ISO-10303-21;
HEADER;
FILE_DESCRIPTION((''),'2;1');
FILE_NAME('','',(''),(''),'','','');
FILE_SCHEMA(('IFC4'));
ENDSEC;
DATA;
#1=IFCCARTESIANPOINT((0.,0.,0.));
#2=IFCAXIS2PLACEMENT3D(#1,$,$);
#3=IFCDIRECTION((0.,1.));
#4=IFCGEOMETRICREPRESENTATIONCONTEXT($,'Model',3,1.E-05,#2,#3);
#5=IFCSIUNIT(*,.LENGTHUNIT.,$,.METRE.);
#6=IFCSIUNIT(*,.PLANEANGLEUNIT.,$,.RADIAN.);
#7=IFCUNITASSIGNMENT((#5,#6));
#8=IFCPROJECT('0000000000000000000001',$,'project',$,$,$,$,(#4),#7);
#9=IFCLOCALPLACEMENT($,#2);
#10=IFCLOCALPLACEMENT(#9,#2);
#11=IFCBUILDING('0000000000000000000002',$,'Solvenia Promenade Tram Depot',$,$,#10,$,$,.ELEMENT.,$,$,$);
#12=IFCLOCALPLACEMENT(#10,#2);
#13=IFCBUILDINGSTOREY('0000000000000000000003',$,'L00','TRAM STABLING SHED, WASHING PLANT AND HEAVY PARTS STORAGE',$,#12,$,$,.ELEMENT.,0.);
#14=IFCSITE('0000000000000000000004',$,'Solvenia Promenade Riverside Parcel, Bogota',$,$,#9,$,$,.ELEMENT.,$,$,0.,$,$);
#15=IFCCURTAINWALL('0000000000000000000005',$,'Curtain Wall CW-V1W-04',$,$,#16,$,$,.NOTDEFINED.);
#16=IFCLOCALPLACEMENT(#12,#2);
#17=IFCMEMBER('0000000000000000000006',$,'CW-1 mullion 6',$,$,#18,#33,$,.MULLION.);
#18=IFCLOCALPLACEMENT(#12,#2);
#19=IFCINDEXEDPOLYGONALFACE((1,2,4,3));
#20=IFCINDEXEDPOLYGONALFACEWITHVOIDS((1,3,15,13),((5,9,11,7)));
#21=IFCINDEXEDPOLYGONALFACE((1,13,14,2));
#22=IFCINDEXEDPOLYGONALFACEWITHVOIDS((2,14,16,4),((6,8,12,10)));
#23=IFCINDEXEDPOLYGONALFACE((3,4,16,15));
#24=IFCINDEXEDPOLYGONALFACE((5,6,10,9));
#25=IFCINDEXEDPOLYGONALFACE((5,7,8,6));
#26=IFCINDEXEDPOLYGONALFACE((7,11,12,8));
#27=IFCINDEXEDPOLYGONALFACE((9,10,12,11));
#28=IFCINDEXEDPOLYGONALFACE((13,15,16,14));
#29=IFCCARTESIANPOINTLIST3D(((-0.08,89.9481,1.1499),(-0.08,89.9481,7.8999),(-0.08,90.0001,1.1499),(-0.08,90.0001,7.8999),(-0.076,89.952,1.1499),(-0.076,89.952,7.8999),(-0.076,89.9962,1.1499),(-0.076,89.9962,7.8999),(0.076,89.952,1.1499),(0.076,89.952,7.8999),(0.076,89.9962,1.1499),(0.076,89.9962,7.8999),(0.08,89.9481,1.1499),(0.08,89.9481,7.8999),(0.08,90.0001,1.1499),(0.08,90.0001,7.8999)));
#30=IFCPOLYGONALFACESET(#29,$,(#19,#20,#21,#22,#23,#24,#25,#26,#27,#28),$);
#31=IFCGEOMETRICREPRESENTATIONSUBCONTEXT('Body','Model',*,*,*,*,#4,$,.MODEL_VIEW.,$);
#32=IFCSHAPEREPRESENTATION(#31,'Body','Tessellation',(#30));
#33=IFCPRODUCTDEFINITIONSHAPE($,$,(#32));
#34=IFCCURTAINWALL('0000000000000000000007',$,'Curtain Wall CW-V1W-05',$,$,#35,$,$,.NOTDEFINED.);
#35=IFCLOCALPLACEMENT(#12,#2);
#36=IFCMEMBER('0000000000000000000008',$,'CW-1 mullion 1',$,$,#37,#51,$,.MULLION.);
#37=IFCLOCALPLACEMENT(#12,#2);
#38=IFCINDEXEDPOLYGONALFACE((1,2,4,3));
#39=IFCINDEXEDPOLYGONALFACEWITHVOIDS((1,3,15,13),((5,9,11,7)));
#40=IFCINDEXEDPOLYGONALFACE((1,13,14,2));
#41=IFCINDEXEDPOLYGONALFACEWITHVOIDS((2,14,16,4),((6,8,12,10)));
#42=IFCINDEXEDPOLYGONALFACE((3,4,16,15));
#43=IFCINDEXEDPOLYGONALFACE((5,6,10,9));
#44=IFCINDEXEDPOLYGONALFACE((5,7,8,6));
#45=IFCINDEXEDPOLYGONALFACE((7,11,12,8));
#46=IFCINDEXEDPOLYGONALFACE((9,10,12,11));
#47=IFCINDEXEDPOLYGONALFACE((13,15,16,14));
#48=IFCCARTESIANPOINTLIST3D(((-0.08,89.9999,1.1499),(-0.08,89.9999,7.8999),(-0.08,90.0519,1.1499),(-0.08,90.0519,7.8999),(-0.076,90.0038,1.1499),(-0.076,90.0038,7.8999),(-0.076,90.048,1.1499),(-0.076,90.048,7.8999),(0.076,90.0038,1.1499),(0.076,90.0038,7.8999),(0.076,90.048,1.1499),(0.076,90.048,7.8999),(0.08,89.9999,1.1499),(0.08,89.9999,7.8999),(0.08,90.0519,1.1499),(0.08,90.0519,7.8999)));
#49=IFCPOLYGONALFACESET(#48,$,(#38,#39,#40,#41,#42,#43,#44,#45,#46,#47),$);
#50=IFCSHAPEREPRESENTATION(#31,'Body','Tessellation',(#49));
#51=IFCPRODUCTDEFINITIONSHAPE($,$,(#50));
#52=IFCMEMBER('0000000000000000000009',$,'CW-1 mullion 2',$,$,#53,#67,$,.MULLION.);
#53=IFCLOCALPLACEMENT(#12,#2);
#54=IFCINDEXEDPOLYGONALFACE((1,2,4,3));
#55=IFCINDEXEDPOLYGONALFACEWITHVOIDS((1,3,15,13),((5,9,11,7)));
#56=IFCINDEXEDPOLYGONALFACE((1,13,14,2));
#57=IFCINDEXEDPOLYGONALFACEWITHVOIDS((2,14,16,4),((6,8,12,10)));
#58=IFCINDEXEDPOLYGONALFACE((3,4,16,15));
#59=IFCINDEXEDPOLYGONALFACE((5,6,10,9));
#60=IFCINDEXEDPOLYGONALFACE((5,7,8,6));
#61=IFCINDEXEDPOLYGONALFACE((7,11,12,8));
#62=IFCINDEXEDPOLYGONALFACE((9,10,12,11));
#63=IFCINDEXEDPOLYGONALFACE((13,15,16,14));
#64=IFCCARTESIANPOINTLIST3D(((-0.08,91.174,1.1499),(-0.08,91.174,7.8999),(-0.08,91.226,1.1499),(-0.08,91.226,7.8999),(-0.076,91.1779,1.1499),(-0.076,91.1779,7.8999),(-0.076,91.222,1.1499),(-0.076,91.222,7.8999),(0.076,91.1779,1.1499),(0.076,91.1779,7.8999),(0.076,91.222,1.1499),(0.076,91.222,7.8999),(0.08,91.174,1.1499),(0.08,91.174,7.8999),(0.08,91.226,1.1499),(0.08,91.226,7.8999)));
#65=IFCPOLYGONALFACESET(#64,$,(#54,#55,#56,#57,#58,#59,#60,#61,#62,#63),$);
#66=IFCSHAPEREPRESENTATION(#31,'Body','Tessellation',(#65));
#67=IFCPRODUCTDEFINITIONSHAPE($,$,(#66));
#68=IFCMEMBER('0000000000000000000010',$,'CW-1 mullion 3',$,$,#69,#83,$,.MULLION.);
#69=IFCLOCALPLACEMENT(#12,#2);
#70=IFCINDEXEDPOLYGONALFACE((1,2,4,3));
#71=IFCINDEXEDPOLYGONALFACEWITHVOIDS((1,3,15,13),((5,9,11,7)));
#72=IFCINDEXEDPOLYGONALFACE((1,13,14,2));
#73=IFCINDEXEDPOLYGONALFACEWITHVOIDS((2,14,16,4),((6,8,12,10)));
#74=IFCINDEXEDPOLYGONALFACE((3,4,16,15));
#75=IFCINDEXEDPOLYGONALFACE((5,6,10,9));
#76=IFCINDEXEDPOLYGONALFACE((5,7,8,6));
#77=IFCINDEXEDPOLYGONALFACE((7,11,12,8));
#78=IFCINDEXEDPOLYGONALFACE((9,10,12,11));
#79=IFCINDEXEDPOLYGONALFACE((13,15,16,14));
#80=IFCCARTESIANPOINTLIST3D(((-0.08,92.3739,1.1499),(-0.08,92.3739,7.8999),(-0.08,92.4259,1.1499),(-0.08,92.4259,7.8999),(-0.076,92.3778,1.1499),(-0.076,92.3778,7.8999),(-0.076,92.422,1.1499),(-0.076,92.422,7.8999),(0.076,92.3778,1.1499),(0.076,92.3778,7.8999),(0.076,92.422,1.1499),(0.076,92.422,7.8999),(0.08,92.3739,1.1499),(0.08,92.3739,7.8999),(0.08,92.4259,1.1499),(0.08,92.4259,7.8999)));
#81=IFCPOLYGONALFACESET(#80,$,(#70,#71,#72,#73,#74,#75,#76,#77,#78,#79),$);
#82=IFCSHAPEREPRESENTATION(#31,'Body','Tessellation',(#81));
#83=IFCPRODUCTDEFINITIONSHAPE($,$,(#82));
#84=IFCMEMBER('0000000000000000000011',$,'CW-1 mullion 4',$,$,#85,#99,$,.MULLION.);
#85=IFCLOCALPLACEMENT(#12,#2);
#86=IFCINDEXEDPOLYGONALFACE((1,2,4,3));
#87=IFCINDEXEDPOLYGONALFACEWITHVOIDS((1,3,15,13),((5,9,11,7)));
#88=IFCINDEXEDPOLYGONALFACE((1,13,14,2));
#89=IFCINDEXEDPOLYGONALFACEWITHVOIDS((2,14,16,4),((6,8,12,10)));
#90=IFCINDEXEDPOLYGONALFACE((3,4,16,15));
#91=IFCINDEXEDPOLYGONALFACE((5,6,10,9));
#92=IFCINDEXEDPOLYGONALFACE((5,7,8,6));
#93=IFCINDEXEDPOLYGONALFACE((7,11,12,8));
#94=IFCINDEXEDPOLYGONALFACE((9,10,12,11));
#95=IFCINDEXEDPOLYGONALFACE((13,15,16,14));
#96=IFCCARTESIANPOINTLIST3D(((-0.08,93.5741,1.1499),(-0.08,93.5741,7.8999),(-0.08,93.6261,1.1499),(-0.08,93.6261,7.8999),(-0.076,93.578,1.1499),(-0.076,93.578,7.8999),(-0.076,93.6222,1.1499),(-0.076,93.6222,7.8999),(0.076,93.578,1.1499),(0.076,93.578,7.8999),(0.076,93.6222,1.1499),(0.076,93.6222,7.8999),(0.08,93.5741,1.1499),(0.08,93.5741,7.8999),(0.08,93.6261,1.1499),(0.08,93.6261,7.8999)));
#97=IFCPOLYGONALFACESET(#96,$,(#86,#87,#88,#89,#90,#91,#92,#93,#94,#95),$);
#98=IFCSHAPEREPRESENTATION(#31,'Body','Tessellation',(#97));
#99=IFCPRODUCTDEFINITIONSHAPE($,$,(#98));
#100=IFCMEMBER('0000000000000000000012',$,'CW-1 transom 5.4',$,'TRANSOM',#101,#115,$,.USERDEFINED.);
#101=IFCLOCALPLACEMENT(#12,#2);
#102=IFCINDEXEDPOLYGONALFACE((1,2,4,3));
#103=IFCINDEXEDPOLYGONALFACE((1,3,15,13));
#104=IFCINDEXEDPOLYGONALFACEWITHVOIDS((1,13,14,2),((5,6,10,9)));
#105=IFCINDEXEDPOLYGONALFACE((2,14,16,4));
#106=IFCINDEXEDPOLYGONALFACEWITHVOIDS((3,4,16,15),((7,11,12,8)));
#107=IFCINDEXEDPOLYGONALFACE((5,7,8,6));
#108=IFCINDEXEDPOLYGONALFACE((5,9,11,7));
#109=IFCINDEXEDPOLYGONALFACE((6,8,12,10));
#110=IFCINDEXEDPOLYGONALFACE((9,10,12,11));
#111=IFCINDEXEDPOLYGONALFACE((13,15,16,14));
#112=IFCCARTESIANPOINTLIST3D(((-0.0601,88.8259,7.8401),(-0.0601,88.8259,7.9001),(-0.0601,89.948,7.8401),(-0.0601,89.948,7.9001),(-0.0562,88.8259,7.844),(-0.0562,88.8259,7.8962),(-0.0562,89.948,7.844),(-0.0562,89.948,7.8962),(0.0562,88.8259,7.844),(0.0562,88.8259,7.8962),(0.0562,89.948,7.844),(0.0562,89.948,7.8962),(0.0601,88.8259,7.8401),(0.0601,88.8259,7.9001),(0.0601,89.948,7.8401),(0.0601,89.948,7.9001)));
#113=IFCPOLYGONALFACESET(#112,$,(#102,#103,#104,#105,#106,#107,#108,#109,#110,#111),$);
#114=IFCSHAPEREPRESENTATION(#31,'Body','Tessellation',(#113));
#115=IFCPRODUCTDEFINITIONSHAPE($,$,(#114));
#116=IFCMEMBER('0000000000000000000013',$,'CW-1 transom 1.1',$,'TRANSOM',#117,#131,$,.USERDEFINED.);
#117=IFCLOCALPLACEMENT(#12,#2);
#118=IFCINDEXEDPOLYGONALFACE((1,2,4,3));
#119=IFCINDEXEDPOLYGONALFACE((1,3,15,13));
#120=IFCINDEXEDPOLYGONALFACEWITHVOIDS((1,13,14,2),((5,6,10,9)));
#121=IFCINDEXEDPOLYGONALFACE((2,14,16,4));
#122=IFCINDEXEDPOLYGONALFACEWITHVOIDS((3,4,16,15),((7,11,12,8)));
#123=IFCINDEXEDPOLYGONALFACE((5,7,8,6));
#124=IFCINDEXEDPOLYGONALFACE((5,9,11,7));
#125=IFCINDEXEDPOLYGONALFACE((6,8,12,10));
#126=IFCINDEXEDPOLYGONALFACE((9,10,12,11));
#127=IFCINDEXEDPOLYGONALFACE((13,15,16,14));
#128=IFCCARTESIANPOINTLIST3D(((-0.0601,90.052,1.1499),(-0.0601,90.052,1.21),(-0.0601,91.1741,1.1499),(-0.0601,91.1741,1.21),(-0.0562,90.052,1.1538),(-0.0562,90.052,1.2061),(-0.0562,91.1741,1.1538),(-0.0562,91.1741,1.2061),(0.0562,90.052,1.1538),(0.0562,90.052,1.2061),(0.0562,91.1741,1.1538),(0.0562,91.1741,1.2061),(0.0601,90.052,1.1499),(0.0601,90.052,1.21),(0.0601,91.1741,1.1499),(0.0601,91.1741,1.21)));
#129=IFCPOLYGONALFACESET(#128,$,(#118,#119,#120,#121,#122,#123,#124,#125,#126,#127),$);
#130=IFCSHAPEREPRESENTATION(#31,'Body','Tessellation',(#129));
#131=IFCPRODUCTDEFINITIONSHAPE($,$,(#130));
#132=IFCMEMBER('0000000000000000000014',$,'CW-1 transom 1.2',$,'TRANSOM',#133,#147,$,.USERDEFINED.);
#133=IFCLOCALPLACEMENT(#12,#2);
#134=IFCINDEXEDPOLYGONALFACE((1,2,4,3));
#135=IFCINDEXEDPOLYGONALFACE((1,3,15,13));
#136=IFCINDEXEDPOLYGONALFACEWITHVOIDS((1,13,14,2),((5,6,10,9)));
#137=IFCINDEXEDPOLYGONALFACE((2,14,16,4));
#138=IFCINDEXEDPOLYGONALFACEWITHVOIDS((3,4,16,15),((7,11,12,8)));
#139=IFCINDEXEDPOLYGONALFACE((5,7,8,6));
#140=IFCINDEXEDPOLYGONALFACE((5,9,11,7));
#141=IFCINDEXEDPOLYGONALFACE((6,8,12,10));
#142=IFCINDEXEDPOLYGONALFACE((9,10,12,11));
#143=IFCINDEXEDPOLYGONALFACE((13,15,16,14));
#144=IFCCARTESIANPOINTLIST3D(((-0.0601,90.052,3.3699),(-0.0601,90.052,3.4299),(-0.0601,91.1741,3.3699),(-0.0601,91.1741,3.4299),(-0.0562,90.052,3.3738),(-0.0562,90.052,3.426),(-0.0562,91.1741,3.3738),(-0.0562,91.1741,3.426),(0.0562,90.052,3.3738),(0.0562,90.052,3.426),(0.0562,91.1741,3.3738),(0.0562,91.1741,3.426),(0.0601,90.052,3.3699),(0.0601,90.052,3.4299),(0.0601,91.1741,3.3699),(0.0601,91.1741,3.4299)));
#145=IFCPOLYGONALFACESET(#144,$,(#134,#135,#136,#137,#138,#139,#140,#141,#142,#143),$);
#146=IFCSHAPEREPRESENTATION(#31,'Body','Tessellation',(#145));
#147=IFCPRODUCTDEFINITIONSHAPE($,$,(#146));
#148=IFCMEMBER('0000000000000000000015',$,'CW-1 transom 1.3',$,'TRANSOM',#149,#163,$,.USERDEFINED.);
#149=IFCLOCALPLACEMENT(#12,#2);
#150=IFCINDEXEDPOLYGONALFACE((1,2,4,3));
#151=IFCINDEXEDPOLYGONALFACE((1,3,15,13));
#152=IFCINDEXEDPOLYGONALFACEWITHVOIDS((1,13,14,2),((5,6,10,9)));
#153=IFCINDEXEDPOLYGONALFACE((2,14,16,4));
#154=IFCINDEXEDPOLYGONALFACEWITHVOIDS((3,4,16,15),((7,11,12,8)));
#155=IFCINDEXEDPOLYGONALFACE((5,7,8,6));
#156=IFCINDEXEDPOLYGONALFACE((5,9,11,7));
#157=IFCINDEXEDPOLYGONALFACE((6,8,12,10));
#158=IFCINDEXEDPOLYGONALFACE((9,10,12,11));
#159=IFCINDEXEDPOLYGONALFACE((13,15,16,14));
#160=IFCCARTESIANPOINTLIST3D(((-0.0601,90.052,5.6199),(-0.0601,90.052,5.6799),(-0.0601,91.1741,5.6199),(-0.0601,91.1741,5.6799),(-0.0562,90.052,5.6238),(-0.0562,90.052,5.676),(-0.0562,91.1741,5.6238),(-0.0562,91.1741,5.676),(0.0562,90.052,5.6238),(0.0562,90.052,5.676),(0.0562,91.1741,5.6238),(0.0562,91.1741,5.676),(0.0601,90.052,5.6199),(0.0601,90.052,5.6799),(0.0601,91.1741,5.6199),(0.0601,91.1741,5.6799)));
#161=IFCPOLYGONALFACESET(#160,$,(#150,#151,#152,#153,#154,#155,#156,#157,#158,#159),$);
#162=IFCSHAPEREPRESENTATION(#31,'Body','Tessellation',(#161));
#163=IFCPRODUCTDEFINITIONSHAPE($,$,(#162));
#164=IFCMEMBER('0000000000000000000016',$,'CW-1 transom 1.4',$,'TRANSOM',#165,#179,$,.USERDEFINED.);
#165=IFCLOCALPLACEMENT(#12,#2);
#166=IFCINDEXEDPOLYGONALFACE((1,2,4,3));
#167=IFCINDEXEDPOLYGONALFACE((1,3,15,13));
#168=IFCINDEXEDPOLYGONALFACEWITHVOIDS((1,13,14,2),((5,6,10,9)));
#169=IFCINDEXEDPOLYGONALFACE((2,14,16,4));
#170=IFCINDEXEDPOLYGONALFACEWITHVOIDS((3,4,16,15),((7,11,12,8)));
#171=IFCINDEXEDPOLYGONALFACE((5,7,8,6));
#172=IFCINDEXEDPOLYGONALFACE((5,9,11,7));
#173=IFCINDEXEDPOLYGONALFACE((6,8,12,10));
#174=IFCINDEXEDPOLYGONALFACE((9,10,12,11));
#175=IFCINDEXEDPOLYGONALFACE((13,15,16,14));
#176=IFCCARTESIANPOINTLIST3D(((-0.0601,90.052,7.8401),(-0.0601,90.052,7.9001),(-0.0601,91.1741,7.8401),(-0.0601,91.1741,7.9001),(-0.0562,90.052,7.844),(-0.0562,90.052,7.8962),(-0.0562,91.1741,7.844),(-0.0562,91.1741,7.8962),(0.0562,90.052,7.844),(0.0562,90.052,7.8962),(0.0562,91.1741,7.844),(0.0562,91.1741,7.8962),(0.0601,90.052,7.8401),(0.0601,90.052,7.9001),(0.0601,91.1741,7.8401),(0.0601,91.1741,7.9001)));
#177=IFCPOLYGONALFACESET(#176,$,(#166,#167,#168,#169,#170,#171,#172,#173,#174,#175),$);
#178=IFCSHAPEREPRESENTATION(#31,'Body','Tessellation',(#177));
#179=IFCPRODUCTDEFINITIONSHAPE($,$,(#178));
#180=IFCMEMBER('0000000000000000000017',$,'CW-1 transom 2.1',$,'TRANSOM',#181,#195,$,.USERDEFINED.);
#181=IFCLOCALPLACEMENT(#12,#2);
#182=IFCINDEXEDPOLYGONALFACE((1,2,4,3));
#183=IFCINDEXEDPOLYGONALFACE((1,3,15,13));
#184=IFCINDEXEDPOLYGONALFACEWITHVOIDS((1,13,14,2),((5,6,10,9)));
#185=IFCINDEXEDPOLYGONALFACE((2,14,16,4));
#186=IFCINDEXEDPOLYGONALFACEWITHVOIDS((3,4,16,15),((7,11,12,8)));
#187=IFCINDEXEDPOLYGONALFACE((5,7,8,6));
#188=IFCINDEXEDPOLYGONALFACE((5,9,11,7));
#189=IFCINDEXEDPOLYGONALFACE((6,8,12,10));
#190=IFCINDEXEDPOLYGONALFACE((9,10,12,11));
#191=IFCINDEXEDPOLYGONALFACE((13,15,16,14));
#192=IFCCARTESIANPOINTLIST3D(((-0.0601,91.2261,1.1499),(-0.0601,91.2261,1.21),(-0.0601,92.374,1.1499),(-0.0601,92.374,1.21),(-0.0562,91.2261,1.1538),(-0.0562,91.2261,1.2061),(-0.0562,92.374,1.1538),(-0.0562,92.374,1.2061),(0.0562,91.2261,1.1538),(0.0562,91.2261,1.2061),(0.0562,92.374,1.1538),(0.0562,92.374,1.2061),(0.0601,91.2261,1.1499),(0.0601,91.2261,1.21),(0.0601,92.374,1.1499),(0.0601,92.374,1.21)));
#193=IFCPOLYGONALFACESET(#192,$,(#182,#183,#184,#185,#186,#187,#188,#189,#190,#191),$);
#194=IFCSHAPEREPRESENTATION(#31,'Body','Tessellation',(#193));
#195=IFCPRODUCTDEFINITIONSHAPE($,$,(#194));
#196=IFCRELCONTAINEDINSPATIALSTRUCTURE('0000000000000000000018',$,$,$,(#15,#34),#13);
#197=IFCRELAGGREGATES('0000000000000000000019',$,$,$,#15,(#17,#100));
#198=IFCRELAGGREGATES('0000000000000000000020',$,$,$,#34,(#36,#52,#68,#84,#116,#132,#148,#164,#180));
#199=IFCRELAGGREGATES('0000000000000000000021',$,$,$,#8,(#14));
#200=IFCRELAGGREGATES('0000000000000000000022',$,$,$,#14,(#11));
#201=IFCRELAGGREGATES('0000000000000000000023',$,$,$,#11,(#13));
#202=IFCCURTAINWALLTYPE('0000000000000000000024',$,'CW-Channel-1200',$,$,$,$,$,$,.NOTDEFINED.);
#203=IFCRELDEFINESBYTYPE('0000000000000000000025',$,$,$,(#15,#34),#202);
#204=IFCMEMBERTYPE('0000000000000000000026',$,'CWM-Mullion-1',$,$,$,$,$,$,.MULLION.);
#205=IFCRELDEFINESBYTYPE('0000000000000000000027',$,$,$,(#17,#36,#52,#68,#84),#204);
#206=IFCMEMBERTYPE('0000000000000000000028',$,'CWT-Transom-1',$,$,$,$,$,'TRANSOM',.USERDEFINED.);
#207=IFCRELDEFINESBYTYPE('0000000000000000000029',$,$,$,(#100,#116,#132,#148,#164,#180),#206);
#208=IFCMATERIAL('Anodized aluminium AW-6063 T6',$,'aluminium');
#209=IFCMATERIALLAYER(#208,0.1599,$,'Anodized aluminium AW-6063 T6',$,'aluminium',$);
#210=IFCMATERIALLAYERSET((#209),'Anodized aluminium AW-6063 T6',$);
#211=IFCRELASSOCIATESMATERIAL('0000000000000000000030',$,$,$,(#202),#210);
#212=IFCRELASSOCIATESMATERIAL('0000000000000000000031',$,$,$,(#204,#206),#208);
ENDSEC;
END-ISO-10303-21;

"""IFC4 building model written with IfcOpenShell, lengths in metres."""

from ifc_helpers import new_model, si_unit, direction, frame, origin, origin_2d, place, context, subcontext, project, spatial, hollow_rectangle, extrude, material, layer, layer_set, material_profile, profile_set, type_object, element, aggregate, save


model = new_model("IFC4")

# Units and contexts
model_context = context("Model", 3, precision=1e-05, world=origin(), true_north=direction((0.0, 1.0)))
body_context = subcontext(model_context, "Body", "Model", "MODEL_VIEW")
ifc_project = project(units=[si_unit("LENGTHUNIT", "METRE"), si_unit("PLANEANGLEUNIT", "RADIAN")], contexts=[model_context])

# Site, building, storey
site_placement = place(None, origin())
site = spatial("IfcSite", under=ifc_project, at=site_placement, Name="Solvenia Promenade Riverside Parcel, Bogota", CompositionType="ELEMENT", RefElevation=0.0)
building_placement = place(site_placement, origin())
building = spatial("IfcBuilding", under=site, at=building_placement, Name="Solvenia Promenade Tram Depot", CompositionType="ELEMENT")
storey_placement = place(building_placement, origin())
storey = spatial("IfcBuildingStorey", under=building, at=storey_placement, Name="L00", Description="TRAM STABLING SHED, WASHING PLANT AND HEAVY PARTS STORAGE", CompositionType="ELEMENT", Elevation=0.0)

# Curtain wall, member
ifc_material_1 = material(Name="Anodized aluminium AW-6063 T6", Category="aluminium")
ifc_layer_1 = layer(ifc_material_1, 0.1599, Name="Anodized aluminium AW-6063 T6", Category="aluminium")
ifc_layer_set_1 = layer_set([ifc_layer_1], Name="Anodized aluminium AW-6063 T6")
curtain_wall_type = type_object("IfcCurtainWallType", Name="CW-Channel-1200", PredefinedType="NOTDEFINED", material=ifc_layer_set_1)
curtain_wall_1_placement = place(storey_placement, origin())
curtain_wall_1 = element("IfcCurtainWall", 1, at=curtain_wall_1_placement, inside=storey, type_object=curtain_wall_type, Name="Curtain Wall CW-V1W-04", PredefinedType="NOTDEFINED")
ifc_material_profile_1 = material_profile(ifc_material_1, hollow_rectangle(XDim=0.1599, YDim=0.052, WallThickness=0.0039, at=origin_2d()), Name="ALU-M1", Category="aluminium")
ifc_profile_set_1 = profile_set([ifc_material_profile_1], Name="Anodized aluminium AW-6063 T6")
member_type_1 = type_object("IfcMemberType", Name="CWM-Mullion-1", PredefinedType="MULLION", material=ifc_profile_set_1)
member_1_placement = place(storey_placement, frame((0.0, 89.9741, 1.1499), z_axis=(0.0, 0.0, 1.0), x_axis=(-1.0, 0.0, 0.0)))
member_1 = element("IfcMember", 2, at=member_1_placement, type_object=member_type_1, Name="CW-1 mullion 6", PredefinedType="MULLION", context=body_context, shape_type="SweptSolid", body=[
    extrude(hollow_rectangle(XDim=0.1599, YDim=0.052, WallThickness=0.0039, at=origin_2d()), origin(), (0.0, 0.0, 1.0), 6.75),
])

# Curtain wall, members
curtain_wall_2_placement = place(storey_placement, origin())
curtain_wall_2 = element("IfcCurtainWall", 3, at=curtain_wall_2_placement, inside=storey, type_object=curtain_wall_type, Name="Curtain Wall CW-V1W-05", PredefinedType="NOTDEFINED")
member_2_placement = place(storey_placement, frame((0.0, 90.0259, 1.1499), z_axis=(0.0, 0.0, 1.0), x_axis=(-1.0, 0.0, 0.0)))
member_2 = element("IfcMember", 4, at=member_2_placement, type_object=member_type_1, Name="CW-1 mullion 1", PredefinedType="MULLION", context=body_context, shape_type="SweptSolid", body=[
    extrude(hollow_rectangle(XDim=0.1599, YDim=0.052, WallThickness=0.0039, at=origin_2d()), origin(), (0.0, 0.0, 1.0), 6.75),
])
member_3_placement = place(storey_placement, frame((0.0, 91.2, 1.1499), z_axis=(0.0, 0.0, 1.0), x_axis=(-1.0, 0.0, 0.0)))
member_3 = element("IfcMember", 5, at=member_3_placement, type_object=member_type_1, Name="CW-1 mullion 2", PredefinedType="MULLION", context=body_context, shape_type="SweptSolid", body=[
    extrude(hollow_rectangle(XDim=0.1599, YDim=0.052, WallThickness=0.0039, at=origin_2d()), origin(), (0.0, 0.0, 1.0), 6.75),
])
member_4_placement = place(storey_placement, frame((0.0, 92.3999, 1.1499), z_axis=(0.0, 0.0, 1.0), x_axis=(-1.0, 0.0, 0.0)))
member_4 = element("IfcMember", 6, at=member_4_placement, type_object=member_type_1, Name="CW-1 mullion 3", PredefinedType="MULLION", context=body_context, shape_type="SweptSolid", body=[
    extrude(hollow_rectangle(XDim=0.1599, YDim=0.052, WallThickness=0.0039, at=origin_2d()), origin(), (0.0, 0.0, 1.0), 6.75),
])
member_5_placement = place(storey_placement, frame((0.0, 93.6001, 1.1499), z_axis=(0.0, 0.0, 1.0), x_axis=(-1.0, 0.0, 0.0)))
member_5 = element("IfcMember", 7, at=member_5_placement, type_object=member_type_1, Name="CW-1 mullion 4", PredefinedType="MULLION", context=body_context, shape_type="SweptSolid", body=[
    extrude(hollow_rectangle(XDim=0.1599, YDim=0.052, WallThickness=0.0039, at=origin_2d()), origin(), (0.0, 0.0, 1.0), 6.75),
])

# Members
ifc_material_profile_2 = material_profile(ifc_material_1, hollow_rectangle(XDim=0.1201, YDim=0.0601, WallThickness=0.0039, at=origin_2d()), Name="ALU-T1", Category="aluminium")
ifc_profile_set_2 = profile_set([ifc_material_profile_2], Name="Anodized aluminium AW-6063 T6")
member_type_2 = type_object("IfcMemberType", Name="CWT-Transom-1", ElementType="TRANSOM", PredefinedType="USERDEFINED", material=ifc_profile_set_2)
member_6_placement = place(storey_placement, frame((0.0, 88.8259, 7.8701), z_axis=(0.0, 1.0, 0.0), x_axis=(-1.0, 0.0, 0.0)))
member_6 = element("IfcMember", 8, at=member_6_placement, type_object=member_type_2, Name="CW-1 transom 5.4", ObjectType="TRANSOM", PredefinedType="USERDEFINED", context=body_context, shape_type="SweptSolid", body=[
    extrude(hollow_rectangle(XDim=0.1201, YDim=0.0601, WallThickness=0.0039, at=origin_2d()), origin(), (0.0, 0.0, 1.0), 1.1221),
])
member_7_placement = place(storey_placement, frame((0.0, 90.052, 1.1799), z_axis=(0.0, 1.0, 0.0), x_axis=(-1.0, 0.0, 0.0)))
member_7 = element("IfcMember", 9, at=member_7_placement, type_object=member_type_2, Name="CW-1 transom 1.1", ObjectType="TRANSOM", PredefinedType="USERDEFINED", context=body_context, shape_type="SweptSolid", body=[
    extrude(hollow_rectangle(XDim=0.1201, YDim=0.0601, WallThickness=0.0039, at=origin_2d()), origin(), (0.0, 0.0, 1.0), 1.1221),
])
member_8_placement = place(storey_placement, frame((0.0, 90.052, 3.3999), z_axis=(0.0, 1.0, 0.0), x_axis=(-1.0, 0.0, 0.0)))
member_8 = element("IfcMember", 10, at=member_8_placement, type_object=member_type_2, Name="CW-1 transom 1.2", ObjectType="TRANSOM", PredefinedType="USERDEFINED", context=body_context, shape_type="SweptSolid", body=[
    extrude(hollow_rectangle(XDim=0.1201, YDim=0.0601, WallThickness=0.0039, at=origin_2d()), origin(), (0.0, 0.0, 1.0), 1.1221),
])
member_9_placement = place(storey_placement, frame((0.0, 90.052, 5.6499), z_axis=(0.0, 1.0, 0.0), x_axis=(-1.0, 0.0, 0.0)))
member_9 = element("IfcMember", 11, at=member_9_placement, type_object=member_type_2, Name="CW-1 transom 1.3", ObjectType="TRANSOM", PredefinedType="USERDEFINED", context=body_context, shape_type="SweptSolid", body=[
    extrude(hollow_rectangle(XDim=0.1201, YDim=0.0601, WallThickness=0.0039, at=origin_2d()), origin(), (0.0, 0.0, 1.0), 1.1221),
])
member_10_placement = place(storey_placement, frame((0.0, 90.052, 7.8701), z_axis=(0.0, 1.0, 0.0), x_axis=(-1.0, 0.0, 0.0)))
member_10 = element("IfcMember", 12, at=member_10_placement, type_object=member_type_2, Name="CW-1 transom 1.4", ObjectType="TRANSOM", PredefinedType="USERDEFINED", context=body_context, shape_type="SweptSolid", body=[
    extrude(hollow_rectangle(XDim=0.1201, YDim=0.0601, WallThickness=0.0039, at=origin_2d()), origin(), (0.0, 0.0, 1.0), 1.1221),
])
member_11_placement = place(storey_placement, frame((0.0, 91.2261, 1.1799), z_axis=(0.0, 1.0, 0.0), x_axis=(-1.0, 0.0, 0.0)))
member_11 = element("IfcMember", 13, at=member_11_placement, type_object=member_type_2, Name="CW-1 transom 2.1", ObjectType="TRANSOM", PredefinedType="USERDEFINED", context=body_context, shape_type="SweptSolid", body=[
    extrude(hollow_rectangle(XDim=0.1201, YDim=0.0601, WallThickness=0.0039, at=origin_2d()), origin(), (0.0, 0.0, 1.0), 1.1479),
])

aggregate(curtain_wall_1, [member_1, member_6])
aggregate(curtain_wall_2, [member_2, member_3, member_4, member_5, member_7, member_8, member_9, member_10, member_11])

save(model, "model.ifc")
